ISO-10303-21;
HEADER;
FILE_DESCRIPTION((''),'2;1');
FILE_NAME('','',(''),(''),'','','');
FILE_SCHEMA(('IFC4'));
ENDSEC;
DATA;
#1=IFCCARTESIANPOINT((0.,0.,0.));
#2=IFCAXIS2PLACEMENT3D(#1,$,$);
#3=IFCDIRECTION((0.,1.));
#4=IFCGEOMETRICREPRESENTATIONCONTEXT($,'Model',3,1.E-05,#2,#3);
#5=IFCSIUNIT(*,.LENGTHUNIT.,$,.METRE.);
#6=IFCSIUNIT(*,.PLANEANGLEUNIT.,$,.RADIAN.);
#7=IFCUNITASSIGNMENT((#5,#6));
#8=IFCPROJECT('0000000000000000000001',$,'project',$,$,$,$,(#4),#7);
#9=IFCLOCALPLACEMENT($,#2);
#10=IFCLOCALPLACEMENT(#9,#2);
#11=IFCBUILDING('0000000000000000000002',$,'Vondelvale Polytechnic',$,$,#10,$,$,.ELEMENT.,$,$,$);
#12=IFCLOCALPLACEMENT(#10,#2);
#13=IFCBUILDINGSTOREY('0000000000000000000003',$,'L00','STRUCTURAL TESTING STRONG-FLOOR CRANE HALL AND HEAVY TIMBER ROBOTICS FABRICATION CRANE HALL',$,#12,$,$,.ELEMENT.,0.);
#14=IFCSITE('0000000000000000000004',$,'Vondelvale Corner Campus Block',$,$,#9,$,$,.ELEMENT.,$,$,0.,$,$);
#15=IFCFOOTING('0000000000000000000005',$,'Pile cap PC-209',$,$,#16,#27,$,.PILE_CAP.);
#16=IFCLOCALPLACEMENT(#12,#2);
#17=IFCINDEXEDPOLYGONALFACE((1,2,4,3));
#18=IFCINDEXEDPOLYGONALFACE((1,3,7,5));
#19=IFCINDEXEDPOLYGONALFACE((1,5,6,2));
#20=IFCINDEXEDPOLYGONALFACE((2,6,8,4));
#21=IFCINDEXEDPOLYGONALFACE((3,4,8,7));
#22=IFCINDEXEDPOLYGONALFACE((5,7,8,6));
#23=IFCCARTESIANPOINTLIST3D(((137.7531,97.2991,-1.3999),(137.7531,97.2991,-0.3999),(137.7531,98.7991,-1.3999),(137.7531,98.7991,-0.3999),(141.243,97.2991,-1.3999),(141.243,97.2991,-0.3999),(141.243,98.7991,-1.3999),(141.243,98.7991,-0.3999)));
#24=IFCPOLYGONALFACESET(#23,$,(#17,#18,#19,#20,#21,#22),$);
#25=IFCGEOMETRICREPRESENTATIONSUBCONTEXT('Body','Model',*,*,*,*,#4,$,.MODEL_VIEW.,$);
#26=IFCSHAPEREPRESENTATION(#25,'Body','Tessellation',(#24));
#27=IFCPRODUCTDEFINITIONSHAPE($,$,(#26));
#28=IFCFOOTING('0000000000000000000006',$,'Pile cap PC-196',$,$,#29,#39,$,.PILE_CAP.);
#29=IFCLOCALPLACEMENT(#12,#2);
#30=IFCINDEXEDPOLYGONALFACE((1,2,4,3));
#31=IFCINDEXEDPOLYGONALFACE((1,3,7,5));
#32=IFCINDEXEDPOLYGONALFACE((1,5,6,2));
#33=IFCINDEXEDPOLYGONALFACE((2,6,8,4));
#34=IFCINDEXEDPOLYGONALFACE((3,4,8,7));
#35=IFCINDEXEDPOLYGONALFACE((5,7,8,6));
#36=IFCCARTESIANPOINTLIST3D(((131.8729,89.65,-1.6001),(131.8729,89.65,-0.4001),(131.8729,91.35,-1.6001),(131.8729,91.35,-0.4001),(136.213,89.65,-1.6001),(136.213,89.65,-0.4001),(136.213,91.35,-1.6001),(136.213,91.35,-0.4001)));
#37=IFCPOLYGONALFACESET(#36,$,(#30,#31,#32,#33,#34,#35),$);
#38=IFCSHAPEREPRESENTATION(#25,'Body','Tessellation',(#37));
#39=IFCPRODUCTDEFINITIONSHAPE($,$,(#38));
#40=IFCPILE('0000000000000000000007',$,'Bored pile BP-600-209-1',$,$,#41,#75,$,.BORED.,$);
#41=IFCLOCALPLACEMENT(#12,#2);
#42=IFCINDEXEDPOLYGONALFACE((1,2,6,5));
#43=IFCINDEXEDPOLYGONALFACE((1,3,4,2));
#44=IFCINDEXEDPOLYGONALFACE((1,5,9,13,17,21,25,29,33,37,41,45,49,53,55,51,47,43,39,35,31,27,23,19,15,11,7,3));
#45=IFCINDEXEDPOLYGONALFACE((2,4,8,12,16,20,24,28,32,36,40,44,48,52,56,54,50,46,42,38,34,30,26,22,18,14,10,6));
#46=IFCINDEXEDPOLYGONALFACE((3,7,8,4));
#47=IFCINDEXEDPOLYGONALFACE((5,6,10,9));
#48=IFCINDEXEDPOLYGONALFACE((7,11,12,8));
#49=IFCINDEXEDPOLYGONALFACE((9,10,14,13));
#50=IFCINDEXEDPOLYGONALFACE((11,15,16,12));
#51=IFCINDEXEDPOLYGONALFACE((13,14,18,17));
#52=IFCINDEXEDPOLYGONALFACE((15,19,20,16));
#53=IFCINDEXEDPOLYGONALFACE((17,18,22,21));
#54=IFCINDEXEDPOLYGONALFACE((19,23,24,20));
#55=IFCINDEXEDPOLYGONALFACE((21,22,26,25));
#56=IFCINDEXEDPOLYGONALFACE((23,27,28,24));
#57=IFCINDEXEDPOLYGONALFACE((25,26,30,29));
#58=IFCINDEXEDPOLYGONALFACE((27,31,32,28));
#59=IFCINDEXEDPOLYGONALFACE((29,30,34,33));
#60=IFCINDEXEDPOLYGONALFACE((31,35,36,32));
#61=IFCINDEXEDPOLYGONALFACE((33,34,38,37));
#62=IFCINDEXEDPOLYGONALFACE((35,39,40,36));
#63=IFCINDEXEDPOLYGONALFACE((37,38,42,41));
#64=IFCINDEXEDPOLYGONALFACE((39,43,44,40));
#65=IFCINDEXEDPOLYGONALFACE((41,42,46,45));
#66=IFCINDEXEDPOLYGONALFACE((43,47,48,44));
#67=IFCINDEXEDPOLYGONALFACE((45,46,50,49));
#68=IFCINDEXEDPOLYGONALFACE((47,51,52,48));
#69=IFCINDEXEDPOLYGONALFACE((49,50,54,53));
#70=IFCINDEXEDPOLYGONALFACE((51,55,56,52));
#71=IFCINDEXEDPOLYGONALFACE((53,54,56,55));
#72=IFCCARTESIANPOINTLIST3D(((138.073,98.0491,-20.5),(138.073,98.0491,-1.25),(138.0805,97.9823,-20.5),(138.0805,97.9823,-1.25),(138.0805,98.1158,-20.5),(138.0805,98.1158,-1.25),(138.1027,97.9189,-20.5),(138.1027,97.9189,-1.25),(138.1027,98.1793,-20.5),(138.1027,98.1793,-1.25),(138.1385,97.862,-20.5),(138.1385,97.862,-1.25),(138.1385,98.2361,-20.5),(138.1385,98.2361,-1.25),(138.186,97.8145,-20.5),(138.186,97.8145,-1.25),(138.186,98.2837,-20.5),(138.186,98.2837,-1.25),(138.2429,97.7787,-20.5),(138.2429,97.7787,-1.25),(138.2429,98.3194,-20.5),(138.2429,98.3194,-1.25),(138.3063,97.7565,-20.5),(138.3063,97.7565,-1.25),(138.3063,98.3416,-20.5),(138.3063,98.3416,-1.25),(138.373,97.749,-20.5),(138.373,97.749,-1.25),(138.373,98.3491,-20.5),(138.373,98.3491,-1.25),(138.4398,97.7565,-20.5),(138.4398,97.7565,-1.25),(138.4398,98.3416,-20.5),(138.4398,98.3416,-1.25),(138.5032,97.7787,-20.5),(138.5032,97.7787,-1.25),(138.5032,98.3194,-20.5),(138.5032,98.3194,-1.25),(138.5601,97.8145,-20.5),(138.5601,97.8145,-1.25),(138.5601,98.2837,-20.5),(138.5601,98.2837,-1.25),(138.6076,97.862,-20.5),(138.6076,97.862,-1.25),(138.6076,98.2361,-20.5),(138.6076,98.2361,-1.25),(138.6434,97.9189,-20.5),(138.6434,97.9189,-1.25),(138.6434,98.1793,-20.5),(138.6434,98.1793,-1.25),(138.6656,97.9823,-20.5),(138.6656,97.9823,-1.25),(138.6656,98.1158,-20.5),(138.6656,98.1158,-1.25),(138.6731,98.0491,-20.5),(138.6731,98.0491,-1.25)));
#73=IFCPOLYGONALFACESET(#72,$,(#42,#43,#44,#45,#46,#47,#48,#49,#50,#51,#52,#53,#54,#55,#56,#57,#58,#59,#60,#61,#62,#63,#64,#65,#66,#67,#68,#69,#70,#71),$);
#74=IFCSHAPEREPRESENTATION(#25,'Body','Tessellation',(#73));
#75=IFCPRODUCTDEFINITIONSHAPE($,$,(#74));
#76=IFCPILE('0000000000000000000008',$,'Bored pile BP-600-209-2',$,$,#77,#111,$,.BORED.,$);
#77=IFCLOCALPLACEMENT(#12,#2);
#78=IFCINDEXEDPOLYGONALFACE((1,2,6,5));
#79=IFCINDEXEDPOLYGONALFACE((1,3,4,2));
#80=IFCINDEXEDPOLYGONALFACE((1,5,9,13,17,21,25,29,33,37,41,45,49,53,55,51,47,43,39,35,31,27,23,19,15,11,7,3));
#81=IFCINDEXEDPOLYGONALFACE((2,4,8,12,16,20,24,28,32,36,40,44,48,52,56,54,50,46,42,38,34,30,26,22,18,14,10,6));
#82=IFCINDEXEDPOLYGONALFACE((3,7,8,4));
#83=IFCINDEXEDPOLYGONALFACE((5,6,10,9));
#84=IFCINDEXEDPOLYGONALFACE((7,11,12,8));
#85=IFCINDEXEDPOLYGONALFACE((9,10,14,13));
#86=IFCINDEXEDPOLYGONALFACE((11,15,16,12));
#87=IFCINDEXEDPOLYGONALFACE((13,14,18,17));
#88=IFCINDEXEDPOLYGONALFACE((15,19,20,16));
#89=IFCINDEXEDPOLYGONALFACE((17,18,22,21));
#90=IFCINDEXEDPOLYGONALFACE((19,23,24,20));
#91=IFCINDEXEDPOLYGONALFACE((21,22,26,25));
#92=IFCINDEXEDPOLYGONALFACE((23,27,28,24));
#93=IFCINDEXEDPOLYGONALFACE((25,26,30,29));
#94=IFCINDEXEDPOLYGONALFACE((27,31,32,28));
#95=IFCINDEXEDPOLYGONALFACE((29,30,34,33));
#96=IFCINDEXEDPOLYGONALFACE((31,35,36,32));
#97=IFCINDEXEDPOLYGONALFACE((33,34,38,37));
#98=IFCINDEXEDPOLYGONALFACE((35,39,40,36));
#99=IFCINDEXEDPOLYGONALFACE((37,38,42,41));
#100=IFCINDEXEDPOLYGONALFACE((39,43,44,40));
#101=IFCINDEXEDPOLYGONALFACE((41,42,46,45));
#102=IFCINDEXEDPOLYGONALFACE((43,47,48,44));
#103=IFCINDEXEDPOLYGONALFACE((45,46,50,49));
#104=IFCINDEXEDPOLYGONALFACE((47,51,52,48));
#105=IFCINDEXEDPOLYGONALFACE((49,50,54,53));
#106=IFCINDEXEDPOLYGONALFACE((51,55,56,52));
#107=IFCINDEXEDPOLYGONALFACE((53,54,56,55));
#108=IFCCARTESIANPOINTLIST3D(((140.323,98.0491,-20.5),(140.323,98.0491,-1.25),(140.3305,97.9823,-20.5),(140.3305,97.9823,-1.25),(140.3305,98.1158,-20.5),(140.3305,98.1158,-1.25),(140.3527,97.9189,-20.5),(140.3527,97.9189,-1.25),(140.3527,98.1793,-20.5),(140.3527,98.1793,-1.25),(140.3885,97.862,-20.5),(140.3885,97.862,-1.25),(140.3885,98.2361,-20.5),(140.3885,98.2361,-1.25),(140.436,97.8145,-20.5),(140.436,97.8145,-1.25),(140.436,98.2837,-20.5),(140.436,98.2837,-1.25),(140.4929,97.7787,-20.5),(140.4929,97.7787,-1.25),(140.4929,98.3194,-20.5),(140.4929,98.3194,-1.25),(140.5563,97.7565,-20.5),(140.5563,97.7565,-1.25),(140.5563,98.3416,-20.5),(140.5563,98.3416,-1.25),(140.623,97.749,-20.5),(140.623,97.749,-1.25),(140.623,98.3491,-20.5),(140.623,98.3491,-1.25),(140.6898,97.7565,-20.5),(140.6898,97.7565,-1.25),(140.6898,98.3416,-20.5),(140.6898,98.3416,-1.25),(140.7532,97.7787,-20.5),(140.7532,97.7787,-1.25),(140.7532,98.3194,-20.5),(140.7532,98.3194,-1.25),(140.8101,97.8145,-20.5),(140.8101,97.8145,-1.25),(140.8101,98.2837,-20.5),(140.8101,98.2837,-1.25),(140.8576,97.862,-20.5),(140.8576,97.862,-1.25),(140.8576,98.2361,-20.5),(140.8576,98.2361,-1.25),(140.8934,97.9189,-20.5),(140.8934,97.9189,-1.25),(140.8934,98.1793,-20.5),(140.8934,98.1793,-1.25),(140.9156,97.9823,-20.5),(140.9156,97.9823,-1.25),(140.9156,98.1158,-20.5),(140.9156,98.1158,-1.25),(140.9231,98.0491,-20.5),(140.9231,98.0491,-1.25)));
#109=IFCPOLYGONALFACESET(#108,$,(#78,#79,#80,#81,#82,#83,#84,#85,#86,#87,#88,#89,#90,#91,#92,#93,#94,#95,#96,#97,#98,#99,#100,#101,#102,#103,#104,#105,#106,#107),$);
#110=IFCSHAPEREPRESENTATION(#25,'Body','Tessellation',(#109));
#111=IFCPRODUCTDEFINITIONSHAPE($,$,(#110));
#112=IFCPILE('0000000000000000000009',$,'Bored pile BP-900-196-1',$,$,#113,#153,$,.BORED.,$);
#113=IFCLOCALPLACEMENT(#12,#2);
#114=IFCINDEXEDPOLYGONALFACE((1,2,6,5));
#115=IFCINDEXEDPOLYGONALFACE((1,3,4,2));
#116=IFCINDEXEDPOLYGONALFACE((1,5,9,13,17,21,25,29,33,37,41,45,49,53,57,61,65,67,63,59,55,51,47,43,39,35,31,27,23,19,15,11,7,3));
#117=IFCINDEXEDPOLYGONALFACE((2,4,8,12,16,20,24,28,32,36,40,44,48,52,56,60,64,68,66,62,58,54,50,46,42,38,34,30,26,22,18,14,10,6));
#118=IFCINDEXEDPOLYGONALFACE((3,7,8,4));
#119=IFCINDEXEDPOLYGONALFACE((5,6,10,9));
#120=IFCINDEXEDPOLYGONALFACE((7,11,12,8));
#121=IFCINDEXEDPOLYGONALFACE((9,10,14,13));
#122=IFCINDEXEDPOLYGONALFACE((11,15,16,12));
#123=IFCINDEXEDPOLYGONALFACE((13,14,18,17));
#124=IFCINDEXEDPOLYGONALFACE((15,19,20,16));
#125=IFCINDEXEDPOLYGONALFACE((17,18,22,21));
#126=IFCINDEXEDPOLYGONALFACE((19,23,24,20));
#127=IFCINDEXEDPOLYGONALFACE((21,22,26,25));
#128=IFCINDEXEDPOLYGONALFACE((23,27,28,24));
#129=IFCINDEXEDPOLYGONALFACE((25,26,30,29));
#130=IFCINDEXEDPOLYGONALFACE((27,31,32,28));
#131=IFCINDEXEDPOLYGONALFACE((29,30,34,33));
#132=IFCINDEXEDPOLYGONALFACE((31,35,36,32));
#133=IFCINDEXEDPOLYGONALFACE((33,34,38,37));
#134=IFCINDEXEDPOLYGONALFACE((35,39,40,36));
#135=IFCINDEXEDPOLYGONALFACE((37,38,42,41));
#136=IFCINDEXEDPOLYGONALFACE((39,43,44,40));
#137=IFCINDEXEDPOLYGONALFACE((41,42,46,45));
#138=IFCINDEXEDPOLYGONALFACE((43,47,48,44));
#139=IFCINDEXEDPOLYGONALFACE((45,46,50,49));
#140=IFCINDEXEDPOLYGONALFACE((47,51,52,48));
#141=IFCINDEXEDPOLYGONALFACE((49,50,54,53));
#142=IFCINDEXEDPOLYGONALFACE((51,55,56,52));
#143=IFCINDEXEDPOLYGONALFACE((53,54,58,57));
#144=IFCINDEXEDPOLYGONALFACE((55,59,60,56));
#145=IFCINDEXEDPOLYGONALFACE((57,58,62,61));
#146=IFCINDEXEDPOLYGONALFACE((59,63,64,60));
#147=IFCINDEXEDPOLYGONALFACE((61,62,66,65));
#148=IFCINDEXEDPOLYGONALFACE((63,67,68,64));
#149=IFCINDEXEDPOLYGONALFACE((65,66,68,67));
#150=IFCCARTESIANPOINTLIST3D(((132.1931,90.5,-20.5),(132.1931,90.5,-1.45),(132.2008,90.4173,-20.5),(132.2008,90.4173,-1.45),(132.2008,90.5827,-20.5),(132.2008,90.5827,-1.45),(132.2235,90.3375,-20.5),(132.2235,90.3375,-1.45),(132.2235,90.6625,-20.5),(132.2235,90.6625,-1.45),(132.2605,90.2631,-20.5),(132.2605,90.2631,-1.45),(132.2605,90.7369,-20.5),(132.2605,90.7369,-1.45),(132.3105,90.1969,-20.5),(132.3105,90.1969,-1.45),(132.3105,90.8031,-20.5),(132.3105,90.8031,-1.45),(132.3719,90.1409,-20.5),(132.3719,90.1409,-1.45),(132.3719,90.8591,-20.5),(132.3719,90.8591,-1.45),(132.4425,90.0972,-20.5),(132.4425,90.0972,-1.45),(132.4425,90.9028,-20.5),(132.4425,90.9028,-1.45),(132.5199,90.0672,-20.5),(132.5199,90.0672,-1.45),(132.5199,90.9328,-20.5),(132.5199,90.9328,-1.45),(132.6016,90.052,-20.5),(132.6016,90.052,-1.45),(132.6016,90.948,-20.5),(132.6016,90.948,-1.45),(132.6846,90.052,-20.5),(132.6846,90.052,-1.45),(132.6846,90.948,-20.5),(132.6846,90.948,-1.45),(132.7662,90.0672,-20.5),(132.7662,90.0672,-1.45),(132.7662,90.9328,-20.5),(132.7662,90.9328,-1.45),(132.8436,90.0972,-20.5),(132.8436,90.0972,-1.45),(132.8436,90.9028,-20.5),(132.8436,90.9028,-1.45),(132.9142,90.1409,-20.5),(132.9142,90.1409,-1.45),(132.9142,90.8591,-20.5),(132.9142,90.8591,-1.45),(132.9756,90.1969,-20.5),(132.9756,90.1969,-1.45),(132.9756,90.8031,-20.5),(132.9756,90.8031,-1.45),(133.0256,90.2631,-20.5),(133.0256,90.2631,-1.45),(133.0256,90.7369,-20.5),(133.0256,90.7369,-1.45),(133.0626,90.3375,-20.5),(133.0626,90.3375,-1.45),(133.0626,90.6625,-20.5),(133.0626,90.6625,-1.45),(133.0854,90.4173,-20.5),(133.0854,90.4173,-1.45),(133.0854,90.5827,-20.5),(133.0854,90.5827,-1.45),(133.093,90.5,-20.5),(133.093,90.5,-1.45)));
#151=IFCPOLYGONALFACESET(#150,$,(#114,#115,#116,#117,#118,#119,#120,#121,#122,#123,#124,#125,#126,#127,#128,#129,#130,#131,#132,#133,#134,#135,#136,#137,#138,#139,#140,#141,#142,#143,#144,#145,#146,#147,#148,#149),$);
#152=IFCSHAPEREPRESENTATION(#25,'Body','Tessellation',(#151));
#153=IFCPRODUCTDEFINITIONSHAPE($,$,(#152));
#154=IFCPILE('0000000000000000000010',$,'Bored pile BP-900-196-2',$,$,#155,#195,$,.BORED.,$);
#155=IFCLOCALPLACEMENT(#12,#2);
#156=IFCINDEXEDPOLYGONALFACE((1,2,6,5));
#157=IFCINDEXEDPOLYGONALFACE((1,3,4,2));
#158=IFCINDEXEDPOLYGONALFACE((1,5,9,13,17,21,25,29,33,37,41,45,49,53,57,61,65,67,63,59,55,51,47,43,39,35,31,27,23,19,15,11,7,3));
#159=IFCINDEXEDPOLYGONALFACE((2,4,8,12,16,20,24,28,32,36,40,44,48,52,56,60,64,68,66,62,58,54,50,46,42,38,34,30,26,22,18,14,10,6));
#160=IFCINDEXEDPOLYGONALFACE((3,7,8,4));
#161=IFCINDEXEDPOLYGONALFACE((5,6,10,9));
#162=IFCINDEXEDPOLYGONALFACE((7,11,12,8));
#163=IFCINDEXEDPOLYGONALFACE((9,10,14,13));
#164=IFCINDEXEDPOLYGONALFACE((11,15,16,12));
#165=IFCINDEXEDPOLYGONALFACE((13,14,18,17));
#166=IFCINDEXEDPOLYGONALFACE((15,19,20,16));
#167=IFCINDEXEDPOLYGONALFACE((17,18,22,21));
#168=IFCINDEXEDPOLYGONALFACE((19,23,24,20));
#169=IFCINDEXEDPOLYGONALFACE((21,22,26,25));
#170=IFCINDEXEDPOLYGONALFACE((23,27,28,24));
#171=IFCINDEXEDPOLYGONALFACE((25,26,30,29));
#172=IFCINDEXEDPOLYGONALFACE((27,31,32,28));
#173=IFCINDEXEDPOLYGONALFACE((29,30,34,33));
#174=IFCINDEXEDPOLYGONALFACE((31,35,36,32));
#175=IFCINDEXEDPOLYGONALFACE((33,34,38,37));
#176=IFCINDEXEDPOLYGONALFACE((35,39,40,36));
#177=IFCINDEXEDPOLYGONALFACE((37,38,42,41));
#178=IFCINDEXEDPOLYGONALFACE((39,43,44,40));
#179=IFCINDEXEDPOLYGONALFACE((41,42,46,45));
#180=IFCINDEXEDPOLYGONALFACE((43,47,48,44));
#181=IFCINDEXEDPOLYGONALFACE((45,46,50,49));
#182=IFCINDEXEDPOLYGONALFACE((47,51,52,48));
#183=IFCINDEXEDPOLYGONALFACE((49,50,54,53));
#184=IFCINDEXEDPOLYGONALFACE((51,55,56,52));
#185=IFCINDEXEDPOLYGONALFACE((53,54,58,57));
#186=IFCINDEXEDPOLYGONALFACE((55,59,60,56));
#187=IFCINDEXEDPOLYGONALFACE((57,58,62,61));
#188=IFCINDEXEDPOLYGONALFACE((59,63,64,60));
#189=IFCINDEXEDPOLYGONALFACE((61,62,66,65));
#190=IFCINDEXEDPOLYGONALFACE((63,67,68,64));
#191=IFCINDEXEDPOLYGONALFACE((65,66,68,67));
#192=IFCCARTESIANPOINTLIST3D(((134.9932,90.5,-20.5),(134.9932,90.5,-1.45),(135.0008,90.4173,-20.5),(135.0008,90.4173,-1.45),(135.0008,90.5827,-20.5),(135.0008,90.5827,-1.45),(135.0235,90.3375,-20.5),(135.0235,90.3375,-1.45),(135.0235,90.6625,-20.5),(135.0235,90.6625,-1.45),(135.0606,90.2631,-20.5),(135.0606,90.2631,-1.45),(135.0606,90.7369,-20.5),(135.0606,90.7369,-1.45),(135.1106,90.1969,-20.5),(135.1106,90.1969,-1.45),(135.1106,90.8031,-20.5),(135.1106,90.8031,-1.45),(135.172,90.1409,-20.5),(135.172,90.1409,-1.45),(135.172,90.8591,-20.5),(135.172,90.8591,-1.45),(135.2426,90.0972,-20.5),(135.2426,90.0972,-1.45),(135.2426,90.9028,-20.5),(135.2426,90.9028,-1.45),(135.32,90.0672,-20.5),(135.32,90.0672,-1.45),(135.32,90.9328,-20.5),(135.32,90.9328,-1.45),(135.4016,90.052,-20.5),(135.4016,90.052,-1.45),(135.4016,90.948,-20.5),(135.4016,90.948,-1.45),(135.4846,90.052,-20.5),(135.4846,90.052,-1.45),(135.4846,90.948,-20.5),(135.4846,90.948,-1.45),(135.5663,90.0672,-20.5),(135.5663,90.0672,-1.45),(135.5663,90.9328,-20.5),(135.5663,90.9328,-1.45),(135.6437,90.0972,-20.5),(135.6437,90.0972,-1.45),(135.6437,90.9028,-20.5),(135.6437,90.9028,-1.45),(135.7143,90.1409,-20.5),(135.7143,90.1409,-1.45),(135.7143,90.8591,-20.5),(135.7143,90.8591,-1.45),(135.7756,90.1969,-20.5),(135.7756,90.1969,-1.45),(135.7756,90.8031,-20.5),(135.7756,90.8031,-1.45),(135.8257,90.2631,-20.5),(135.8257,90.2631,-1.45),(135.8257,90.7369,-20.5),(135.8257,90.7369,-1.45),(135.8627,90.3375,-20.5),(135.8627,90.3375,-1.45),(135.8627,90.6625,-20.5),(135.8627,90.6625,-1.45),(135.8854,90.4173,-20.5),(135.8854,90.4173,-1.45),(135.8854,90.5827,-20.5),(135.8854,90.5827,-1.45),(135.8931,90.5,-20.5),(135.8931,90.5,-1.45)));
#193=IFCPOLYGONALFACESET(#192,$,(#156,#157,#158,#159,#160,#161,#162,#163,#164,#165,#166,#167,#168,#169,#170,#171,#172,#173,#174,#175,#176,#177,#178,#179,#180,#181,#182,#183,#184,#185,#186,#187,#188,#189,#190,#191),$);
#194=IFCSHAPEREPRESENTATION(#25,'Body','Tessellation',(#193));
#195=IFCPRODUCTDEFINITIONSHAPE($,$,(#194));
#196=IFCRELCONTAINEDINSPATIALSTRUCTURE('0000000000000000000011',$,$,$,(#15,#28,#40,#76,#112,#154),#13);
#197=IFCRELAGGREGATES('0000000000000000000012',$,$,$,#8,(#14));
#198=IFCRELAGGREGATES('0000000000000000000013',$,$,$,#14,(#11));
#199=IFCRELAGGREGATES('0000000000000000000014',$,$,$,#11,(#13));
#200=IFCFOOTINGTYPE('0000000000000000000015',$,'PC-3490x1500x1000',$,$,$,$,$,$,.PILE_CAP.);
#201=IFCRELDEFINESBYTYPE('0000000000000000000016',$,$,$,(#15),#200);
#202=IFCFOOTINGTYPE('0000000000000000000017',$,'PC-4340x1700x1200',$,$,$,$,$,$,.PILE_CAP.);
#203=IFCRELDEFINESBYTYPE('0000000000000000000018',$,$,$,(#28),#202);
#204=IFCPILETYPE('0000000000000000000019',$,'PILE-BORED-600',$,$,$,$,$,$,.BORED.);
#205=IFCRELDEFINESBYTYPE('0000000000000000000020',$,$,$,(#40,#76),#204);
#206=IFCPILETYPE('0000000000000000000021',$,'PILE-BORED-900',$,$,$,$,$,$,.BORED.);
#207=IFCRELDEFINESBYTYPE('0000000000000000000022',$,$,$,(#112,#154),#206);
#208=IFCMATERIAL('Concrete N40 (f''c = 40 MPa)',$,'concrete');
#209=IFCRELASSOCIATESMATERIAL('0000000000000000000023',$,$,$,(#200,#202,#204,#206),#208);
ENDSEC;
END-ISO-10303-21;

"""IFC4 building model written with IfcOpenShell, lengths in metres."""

from ifc_helpers import new_model, si_unit, direction, frame, origin, origin_2d, place, context, subcontext, project, spatial, rectangle, circle, extrude, material, material_profile, profile_set, type_object, element, save


model = new_model("IFC4")

# Units and contexts
model_context = context("Model", 3, precision=1e-05, world=origin(), true_north=direction((0.0, 1.0)))
body_context = subcontext(model_context, "Body", "Model", "MODEL_VIEW")
ifc_project = project(units=[si_unit("LENGTHUNIT", "METRE"), si_unit("PLANEANGLEUNIT", "RADIAN")], contexts=[model_context])

# Site, building, storey
site_placement = place(None, origin())
site = spatial("IfcSite", under=ifc_project, at=site_placement, Name="Vondelvale Corner Campus Block", CompositionType="ELEMENT", RefElevation=0.0)
building_placement = place(site_placement, origin())
building = spatial("IfcBuilding", under=site, at=building_placement, Name="Vondelvale Polytechnic", CompositionType="ELEMENT")
storey_placement = place(building_placement, origin())
storey = spatial("IfcBuildingStorey", under=building, at=storey_placement, Name="L00", Description="STRUCTURAL TESTING STRONG-FLOOR CRANE HALL AND HEAVY TIMBER ROBOTICS FABRICATION CRANE HALL", CompositionType="ELEMENT", Elevation=0.0)

# Footings
ifc_material_1 = material(Name="Concrete N40 (f'c = 40 MPa)", Category="concrete")
footing_type_1 = type_object("IfcFootingType", Name="PC-3490x1500x1000", PredefinedType="PILE_CAP", material=ifc_material_1)
footing_1_placement = place(storey_placement, frame((139.498, 98.0491, -1.3999), z_axis=(0.0, 0.0, 1.0), x_axis=(1.0, 0.0, 0.0)))
element("IfcFooting", 1, at=footing_1_placement, inside=storey, type_object=footing_type_1, Name="Pile cap PC-209", PredefinedType="PILE_CAP", context=body_context, shape_type="SweptSolid", body=[
    extrude(rectangle(XDim=3.49, YDim=1.5, at=origin_2d()), origin(), (0.0, 0.0, 1.0), 1.0),
])
footing_type_2 = type_object("IfcFootingType", Name="PC-4340x1700x1200", PredefinedType="PILE_CAP", material=ifc_material_1)
footing_2_placement = place(storey_placement, frame((134.043, 90.5, -1.6001), z_axis=(0.0, 0.0, 1.0), x_axis=(1.0, 0.0, 0.0)))
element("IfcFooting", 2, at=footing_2_placement, inside=storey, type_object=footing_type_2, Name="Pile cap PC-196", PredefinedType="PILE_CAP", context=body_context, shape_type="SweptSolid", body=[
    extrude(rectangle(XDim=4.3401, YDim=1.7, at=origin_2d()), origin(), (0.0, 0.0, 1.0), 1.2),
])

# Piles
ifc_material_profile_1 = material_profile(ifc_material_1, circle(Radius=0.3, at=origin_2d()), Name="PILE-D600")
ifc_profile_set_1 = profile_set([ifc_material_profile_1], Name="Concrete N40 (f'c = 40 MPa)")
pile_type_1 = type_object("IfcPileType", Name="PILE-BORED-600", PredefinedType="BORED", material=ifc_profile_set_1)
for number, where, z_axis, x_axis, name in (
    (3, (138.373, 98.0491, -1.25), (0.0, 0.0, -1.0), (1.0, 0.0, 0.0), "Bored pile BP-600-209-1"),
    (4, (140.623, 98.0491, -1.25), (0.0, 0.0, -1.0), (1.0, 0.0, 0.0), "Bored pile BP-600-209-2"),
):
    element("IfcPile", number, at=place(storey_placement, frame(where, z_axis=z_axis, x_axis=x_axis)), inside=storey, type_object=pile_type_1, Name=name, PredefinedType="BORED", context=body_context, shape_type="SweptSolid", body=[
        extrude(circle(Radius=0.3, at=origin_2d()), origin(), (0.0, 0.0, 1.0), 19.25),
    ])
ifc_material_profile_2 = material_profile(ifc_material_1, circle(Radius=0.45, at=origin_2d()), Name="PILE-D900")
ifc_profile_set_2 = profile_set([ifc_material_profile_2], Name="Concrete N40 (f'c = 40 MPa)")
pile_type_2 = type_object("IfcPileType", Name="PILE-BORED-900", PredefinedType="BORED", material=ifc_profile_set_2)
for number, where, z_axis, x_axis, name in (
    (5, (132.6431, 90.5, -1.45), (0.0, 0.0, -1.0), (1.0, 0.0, 0.0), "Bored pile BP-900-196-1"),
    (6, (135.4431, 90.5, -1.45), (0.0, 0.0, -1.0), (1.0, 0.0, 0.0), "Bored pile BP-900-196-2"),
):
    element("IfcPile", number, at=place(storey_placement, frame(where, z_axis=z_axis, x_axis=x_axis)), inside=storey, type_object=pile_type_2, Name=name, PredefinedType="BORED", context=body_context, shape_type="SweptSolid", body=[
        extrude(circle(Radius=0.45, at=origin_2d()), origin(), (0.0, 0.0, 1.0), 19.05),
    ])

save(model, "model.ifc")
